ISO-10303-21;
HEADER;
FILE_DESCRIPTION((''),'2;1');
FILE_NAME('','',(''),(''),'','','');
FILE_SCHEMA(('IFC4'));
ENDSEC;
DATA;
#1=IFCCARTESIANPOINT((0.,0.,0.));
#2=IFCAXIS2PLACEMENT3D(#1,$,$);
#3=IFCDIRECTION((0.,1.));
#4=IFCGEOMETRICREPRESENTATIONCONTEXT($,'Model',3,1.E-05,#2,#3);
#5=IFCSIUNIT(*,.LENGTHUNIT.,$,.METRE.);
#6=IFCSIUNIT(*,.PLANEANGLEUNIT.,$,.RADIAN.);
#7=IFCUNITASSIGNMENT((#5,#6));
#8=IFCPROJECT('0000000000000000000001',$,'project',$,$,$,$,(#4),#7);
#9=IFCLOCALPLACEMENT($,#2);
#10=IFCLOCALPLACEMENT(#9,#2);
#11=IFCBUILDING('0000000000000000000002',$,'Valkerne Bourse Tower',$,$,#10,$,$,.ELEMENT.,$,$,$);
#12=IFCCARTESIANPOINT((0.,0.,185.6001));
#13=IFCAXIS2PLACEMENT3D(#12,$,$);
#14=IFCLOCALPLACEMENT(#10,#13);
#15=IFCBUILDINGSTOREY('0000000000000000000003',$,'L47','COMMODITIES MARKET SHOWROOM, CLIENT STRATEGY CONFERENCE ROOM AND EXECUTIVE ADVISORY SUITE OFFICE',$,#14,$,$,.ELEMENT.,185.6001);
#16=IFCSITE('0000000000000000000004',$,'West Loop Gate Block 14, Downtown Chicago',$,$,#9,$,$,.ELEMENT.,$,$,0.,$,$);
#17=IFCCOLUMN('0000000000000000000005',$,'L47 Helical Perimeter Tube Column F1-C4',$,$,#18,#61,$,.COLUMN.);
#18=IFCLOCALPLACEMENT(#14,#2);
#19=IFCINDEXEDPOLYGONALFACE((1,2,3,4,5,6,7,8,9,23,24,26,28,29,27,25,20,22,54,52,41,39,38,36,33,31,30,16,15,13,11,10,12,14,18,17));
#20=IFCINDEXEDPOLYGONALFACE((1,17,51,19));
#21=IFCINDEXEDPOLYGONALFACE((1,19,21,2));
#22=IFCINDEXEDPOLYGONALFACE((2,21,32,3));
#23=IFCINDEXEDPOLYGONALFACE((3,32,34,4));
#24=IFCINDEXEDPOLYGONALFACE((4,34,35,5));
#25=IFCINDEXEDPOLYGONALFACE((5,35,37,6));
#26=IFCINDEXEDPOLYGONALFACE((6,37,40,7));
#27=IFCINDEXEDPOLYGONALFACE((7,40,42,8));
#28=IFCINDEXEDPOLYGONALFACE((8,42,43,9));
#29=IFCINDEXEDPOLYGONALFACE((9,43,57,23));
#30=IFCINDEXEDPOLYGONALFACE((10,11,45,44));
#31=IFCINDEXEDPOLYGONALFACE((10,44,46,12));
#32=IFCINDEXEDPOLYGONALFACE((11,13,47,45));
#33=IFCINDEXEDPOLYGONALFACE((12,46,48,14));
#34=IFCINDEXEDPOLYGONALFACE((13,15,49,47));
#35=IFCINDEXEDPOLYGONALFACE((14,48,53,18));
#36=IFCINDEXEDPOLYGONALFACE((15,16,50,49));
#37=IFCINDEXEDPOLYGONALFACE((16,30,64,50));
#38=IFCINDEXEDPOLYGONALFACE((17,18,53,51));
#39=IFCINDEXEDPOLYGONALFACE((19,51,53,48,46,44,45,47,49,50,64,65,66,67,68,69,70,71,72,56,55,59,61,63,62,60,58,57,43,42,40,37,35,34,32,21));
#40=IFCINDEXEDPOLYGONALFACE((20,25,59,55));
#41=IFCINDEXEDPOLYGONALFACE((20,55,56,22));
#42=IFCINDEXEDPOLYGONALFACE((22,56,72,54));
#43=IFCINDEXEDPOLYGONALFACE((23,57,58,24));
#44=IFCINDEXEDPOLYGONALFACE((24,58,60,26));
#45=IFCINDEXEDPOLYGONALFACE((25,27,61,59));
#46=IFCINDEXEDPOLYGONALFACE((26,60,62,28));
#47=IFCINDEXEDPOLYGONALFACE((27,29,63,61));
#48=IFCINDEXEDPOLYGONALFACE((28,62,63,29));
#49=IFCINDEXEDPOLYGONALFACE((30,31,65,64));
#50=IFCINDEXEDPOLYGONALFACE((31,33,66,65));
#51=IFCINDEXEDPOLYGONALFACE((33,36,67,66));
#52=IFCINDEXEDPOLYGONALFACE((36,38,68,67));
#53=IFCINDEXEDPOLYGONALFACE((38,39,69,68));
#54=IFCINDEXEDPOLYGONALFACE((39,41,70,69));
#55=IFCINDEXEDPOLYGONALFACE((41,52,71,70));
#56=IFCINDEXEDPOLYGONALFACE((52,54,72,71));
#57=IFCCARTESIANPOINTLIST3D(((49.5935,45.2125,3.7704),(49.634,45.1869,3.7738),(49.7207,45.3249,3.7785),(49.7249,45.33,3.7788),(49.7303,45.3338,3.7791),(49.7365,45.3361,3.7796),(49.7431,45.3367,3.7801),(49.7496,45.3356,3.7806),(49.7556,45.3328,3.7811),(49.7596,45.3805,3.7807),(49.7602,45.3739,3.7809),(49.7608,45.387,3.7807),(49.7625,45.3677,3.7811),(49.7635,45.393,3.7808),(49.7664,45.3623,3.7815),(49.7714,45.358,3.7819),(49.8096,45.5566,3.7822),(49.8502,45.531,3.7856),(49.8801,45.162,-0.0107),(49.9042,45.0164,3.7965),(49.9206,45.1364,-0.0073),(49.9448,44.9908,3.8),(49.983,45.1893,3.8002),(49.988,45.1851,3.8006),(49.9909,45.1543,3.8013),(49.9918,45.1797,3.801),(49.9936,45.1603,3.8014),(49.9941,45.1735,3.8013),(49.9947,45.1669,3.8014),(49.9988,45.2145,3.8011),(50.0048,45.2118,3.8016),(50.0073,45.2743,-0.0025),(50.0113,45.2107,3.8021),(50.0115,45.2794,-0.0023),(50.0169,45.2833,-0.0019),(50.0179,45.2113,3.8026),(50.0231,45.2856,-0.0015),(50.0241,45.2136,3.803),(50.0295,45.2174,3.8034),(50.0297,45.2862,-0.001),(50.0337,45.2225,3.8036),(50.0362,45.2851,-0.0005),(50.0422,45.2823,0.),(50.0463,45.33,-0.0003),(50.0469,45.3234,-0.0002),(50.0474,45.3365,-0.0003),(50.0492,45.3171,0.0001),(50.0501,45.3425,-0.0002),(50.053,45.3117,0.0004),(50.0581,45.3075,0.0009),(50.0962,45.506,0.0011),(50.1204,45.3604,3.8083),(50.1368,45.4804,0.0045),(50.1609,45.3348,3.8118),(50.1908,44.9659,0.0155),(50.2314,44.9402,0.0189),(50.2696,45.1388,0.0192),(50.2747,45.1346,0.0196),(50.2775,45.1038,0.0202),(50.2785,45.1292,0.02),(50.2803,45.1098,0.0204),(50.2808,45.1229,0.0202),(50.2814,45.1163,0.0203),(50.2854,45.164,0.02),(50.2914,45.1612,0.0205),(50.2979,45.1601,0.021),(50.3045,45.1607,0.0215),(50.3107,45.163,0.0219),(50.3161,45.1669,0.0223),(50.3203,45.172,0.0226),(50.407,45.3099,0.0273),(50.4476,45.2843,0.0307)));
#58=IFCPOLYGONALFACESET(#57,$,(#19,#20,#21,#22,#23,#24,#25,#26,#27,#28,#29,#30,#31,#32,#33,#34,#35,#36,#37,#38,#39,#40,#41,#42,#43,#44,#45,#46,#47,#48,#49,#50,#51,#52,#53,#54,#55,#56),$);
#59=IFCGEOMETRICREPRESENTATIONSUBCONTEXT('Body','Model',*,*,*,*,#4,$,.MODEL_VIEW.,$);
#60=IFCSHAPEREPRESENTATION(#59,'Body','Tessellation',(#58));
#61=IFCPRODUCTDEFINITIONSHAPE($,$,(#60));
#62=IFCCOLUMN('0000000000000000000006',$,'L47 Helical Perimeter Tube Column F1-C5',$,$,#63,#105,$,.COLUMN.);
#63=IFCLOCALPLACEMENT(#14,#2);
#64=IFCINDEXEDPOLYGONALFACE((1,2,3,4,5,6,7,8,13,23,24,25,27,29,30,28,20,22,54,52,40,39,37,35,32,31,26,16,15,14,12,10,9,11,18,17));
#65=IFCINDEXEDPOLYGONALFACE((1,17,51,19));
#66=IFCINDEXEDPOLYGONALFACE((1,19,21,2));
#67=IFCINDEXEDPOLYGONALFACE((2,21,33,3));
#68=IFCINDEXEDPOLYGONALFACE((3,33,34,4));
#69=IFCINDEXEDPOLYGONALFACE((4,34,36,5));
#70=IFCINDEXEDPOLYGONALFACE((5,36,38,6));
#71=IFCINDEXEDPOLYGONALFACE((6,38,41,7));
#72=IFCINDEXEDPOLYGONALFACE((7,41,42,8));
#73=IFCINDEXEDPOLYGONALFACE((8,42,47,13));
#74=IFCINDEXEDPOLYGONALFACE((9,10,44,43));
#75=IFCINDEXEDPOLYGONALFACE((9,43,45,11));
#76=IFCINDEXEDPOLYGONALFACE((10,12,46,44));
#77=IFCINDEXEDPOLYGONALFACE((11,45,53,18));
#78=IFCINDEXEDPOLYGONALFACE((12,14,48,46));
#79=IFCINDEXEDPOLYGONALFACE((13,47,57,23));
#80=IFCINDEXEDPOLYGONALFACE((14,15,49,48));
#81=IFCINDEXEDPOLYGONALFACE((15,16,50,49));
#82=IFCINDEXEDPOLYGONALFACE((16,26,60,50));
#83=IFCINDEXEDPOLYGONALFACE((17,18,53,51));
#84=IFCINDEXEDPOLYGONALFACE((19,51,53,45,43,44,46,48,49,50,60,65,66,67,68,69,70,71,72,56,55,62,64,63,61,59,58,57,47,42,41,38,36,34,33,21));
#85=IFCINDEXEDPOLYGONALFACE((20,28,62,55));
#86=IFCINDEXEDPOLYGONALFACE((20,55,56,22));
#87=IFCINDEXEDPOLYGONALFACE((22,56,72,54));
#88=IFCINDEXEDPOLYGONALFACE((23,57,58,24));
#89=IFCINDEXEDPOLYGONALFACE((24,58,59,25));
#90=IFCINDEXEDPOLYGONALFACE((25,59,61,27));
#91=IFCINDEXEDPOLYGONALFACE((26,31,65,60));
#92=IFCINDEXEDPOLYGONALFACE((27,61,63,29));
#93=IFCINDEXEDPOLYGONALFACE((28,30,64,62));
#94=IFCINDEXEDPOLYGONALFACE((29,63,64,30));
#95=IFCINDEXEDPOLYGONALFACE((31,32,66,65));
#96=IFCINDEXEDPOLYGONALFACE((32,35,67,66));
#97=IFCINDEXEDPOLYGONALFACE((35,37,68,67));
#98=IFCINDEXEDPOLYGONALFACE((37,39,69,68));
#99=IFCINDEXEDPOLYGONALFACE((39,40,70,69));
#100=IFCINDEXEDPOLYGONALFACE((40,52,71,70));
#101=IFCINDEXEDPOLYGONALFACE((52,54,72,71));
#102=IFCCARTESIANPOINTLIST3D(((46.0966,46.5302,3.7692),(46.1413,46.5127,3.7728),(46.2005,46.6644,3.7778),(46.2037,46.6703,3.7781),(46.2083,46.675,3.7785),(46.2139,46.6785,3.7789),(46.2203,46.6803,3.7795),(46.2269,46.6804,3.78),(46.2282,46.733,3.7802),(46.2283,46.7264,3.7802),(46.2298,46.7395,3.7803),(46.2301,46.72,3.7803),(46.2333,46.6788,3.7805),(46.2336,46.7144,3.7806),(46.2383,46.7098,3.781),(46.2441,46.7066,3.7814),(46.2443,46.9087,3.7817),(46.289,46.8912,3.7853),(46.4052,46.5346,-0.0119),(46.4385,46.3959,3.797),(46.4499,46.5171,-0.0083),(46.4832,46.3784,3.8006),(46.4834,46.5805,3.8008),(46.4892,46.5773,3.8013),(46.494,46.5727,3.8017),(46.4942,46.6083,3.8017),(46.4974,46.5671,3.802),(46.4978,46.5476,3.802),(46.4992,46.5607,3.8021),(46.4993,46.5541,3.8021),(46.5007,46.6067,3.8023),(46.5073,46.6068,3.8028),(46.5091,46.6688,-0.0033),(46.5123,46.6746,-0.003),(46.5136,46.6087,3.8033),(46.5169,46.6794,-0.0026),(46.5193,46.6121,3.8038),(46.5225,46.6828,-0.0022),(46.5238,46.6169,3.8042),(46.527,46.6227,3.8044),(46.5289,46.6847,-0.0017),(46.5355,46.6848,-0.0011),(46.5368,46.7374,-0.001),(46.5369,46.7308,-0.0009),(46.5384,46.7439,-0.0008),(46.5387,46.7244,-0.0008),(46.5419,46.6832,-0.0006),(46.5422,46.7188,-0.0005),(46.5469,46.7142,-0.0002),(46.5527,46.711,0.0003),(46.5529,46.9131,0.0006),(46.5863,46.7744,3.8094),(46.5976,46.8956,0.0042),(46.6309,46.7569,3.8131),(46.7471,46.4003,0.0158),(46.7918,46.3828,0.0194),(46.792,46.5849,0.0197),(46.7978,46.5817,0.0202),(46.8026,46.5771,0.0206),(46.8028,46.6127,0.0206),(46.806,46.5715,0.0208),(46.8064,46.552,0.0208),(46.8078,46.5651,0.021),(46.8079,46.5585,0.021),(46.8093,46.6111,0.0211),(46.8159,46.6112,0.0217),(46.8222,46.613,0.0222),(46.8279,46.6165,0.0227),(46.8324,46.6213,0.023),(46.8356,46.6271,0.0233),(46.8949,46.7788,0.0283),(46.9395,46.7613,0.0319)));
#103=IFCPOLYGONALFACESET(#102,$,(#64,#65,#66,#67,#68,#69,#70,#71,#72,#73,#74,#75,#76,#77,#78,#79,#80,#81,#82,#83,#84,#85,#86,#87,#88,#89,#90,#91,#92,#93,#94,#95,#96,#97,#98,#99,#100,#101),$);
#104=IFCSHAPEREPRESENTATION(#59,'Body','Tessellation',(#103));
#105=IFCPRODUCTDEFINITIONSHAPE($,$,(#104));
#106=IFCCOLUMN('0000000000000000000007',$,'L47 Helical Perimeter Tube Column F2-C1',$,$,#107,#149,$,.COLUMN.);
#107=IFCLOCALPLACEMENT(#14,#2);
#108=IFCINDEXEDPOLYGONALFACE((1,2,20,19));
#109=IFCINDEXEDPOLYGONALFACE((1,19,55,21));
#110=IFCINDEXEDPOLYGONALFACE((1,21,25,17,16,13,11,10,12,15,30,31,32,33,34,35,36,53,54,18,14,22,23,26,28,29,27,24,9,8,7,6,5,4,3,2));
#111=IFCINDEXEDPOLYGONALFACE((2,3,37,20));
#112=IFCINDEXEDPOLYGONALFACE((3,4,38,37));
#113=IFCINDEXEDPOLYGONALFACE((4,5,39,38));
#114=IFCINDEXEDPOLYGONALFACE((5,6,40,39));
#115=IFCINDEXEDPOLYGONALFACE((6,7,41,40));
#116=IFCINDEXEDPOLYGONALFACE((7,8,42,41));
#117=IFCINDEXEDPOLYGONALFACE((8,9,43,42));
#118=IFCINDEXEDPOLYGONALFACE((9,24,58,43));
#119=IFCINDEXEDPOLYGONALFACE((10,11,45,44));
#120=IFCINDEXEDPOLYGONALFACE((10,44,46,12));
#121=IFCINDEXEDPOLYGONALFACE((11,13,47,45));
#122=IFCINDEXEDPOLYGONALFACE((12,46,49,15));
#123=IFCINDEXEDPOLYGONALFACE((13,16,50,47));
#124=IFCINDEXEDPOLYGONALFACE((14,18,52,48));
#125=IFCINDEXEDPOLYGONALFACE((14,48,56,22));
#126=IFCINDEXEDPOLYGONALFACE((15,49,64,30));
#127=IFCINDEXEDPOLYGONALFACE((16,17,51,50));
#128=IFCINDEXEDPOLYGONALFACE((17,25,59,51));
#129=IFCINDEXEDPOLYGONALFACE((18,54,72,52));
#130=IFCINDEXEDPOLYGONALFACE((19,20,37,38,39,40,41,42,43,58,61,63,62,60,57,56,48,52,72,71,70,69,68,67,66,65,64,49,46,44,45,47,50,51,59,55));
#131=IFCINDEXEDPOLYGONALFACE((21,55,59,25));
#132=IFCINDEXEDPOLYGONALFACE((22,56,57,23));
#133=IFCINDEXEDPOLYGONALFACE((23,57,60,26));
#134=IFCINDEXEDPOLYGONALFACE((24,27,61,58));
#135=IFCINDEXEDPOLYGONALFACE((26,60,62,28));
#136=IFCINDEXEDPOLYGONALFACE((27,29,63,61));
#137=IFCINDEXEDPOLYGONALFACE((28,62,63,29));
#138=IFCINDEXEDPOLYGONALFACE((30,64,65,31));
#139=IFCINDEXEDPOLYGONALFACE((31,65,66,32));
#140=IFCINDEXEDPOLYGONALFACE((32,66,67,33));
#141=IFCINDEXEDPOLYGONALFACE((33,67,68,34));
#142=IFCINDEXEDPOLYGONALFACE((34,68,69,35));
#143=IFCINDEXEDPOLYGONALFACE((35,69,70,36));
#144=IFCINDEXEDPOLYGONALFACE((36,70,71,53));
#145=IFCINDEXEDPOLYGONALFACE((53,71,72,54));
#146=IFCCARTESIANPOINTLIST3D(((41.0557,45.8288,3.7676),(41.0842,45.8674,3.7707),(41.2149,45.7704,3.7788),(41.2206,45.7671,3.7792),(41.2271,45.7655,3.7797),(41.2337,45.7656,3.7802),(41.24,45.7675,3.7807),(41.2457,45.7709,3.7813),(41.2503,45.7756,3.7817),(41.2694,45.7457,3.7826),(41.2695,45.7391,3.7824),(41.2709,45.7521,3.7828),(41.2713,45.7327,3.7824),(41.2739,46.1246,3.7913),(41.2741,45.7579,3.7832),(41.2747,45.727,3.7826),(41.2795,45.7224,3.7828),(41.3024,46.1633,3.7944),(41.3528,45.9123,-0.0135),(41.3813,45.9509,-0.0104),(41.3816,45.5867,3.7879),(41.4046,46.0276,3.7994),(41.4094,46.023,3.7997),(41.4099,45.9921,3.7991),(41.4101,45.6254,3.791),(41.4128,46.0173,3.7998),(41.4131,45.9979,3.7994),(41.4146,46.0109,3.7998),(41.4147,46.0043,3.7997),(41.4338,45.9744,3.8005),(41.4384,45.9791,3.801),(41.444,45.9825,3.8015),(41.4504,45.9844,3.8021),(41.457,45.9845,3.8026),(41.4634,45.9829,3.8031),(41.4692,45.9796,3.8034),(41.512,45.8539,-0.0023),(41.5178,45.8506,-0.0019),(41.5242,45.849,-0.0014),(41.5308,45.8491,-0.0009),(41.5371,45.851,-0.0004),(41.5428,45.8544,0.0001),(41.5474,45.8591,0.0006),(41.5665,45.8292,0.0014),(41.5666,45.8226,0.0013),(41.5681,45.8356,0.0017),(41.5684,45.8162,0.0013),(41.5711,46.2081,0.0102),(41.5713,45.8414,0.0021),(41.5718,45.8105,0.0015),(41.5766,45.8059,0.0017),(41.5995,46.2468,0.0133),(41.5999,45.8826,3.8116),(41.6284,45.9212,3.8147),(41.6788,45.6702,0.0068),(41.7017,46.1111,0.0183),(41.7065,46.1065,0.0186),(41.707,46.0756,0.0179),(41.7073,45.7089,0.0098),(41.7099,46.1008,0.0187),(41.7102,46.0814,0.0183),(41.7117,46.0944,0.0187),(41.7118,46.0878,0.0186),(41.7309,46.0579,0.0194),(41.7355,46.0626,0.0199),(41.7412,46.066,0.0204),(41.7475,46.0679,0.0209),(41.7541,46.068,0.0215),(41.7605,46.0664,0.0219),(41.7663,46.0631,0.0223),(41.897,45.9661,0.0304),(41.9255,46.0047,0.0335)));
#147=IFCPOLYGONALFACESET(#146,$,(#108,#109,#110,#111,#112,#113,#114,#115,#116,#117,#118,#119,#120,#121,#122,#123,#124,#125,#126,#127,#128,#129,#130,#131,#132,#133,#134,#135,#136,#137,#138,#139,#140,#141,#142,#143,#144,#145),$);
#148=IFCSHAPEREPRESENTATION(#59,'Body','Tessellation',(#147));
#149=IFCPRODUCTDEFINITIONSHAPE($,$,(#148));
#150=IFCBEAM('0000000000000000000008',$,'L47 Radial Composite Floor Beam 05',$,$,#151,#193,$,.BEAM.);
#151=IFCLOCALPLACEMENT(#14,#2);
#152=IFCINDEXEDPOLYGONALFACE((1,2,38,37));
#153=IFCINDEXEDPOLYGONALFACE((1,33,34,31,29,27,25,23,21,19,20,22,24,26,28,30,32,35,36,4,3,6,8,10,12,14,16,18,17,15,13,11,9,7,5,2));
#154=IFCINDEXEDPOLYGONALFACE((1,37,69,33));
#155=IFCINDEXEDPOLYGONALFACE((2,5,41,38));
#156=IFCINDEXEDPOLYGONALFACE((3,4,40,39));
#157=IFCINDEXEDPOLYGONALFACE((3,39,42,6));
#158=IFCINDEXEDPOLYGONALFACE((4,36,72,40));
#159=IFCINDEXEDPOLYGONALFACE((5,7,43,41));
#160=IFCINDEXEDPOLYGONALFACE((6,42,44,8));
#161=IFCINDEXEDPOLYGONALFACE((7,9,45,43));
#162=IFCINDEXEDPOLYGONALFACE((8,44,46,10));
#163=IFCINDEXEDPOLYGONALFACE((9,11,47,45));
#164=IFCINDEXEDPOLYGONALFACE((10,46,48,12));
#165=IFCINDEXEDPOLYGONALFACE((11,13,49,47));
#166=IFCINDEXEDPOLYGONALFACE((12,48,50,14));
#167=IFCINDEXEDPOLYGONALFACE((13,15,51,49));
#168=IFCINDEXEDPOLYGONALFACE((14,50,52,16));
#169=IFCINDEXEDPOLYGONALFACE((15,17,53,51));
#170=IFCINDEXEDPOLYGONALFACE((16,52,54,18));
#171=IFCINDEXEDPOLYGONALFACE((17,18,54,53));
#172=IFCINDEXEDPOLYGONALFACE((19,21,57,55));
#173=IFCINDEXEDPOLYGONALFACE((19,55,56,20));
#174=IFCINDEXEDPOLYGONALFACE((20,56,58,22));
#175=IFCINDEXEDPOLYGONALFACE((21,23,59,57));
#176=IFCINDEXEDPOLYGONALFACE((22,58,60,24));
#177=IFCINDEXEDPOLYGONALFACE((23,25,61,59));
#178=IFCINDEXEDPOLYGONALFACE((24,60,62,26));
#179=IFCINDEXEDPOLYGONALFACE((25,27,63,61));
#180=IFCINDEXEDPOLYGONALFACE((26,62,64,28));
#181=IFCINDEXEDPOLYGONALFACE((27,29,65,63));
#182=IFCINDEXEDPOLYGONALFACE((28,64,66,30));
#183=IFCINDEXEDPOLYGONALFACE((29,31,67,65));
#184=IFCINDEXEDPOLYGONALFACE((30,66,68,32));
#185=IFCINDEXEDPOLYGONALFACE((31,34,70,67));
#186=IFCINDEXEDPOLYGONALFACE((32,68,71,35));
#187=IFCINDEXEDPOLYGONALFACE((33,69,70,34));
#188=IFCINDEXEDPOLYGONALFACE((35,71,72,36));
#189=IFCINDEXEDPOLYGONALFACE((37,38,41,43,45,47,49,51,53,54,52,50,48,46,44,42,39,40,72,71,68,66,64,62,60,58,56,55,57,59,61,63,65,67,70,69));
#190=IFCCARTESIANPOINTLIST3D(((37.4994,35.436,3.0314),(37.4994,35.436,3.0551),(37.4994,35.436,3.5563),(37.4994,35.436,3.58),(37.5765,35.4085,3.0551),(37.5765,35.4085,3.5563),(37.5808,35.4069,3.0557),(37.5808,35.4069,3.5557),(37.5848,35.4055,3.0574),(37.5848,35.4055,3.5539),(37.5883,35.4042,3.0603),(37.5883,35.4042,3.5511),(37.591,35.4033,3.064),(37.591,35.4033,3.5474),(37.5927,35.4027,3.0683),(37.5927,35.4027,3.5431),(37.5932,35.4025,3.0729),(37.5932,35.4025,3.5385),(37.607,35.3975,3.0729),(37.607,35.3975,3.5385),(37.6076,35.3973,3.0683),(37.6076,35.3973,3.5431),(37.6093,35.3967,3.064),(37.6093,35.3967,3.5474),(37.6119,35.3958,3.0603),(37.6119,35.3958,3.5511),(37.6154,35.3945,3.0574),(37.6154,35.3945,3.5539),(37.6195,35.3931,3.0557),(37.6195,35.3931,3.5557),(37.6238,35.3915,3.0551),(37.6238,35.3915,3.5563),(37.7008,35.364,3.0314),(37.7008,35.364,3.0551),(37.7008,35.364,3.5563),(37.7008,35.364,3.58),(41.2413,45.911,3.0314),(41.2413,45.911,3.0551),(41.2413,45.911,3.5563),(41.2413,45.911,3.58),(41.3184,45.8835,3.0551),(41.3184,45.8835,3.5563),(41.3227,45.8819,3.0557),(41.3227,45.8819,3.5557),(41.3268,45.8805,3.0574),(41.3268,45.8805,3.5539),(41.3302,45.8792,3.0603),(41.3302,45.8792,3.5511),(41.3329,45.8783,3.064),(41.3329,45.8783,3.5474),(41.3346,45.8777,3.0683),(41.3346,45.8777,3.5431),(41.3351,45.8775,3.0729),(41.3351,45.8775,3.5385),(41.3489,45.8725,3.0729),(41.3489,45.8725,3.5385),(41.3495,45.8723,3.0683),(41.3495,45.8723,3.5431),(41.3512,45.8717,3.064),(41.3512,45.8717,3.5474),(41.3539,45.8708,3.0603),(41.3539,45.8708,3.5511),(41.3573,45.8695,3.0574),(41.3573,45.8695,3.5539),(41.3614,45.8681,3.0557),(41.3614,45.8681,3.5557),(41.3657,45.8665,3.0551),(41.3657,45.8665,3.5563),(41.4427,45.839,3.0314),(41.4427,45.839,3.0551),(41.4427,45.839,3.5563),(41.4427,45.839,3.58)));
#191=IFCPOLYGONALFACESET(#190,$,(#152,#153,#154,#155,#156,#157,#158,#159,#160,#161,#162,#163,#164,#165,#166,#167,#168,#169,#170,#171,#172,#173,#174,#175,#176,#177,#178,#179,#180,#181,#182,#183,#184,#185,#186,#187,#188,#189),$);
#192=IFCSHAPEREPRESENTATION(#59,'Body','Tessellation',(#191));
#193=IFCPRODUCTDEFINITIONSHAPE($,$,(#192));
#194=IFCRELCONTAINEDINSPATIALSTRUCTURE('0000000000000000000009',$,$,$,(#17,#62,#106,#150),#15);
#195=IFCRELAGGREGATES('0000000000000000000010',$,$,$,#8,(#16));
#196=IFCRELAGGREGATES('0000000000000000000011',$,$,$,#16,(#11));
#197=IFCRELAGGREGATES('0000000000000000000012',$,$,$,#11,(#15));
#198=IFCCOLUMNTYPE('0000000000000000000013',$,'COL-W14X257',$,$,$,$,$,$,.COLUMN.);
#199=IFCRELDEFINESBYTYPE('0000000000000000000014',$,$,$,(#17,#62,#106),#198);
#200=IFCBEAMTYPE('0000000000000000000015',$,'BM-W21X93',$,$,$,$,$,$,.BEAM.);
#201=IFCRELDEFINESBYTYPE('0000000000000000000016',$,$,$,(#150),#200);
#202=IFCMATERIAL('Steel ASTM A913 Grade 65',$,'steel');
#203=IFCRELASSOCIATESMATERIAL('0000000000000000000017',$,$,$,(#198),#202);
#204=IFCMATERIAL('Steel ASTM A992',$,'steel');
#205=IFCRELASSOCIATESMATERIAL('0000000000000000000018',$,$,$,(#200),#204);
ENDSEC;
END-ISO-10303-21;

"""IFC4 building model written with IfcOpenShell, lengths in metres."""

from ifc_helpers import new_model, si_unit, direction, frame, origin, origin_2d, place, context, subcontext, project, spatial, i_section, extrude, material, material_profile, profile_set, type_object, element, save


model = new_model("IFC4")

# Units and contexts
model_context = context("Model", 3, precision=1e-05, world=origin(), true_north=direction((0.0, 1.0)))
body_context = subcontext(model_context, "Body", "Model", "MODEL_VIEW")
ifc_project = project(units=[si_unit("LENGTHUNIT", "METRE"), si_unit("PLANEANGLEUNIT", "RADIAN")], contexts=[model_context])

# Site, building, storey
site_placement = place(None, origin())
site = spatial("IfcSite", under=ifc_project, at=site_placement, Name="West Loop Gate Block 14, Downtown Chicago", CompositionType="ELEMENT", RefElevation=0.0)
building_placement = place(site_placement, origin())
building = spatial("IfcBuilding", under=site, at=building_placement, Name="Valkerne Bourse Tower", CompositionType="ELEMENT")
storey_placement = place(building_placement, frame((0.0, 0.0, 185.6001)))
storey = spatial("IfcBuildingStorey", under=building, at=storey_placement, Name="L47", Description="COMMODITIES MARKET SHOWROOM, CLIENT STRATEGY CONFERENCE ROOM AND EXECUTIVE ADVISORY SUITE OFFICE", CompositionType="ELEMENT", Elevation=185.6001)

# Columns
ifc_material_1 = material(Name="Steel ASTM A913 Grade 65", Category="steel")
ifc_material_profile_1 = material_profile(ifc_material_1, i_section(OverallWidth=0.4065, OverallDepth=0.4165, WebThickness=0.0298, FlangeThickness=0.0481, FilletRadius=0.0254, at=origin_2d()), Name="W14X257")
ifc_profile_set_1 = profile_set([ifc_material_profile_1], Name="Steel ASTM A913 Grade 65")
column_type = type_object("IfcColumnType", Name="COL-W14X257", PredefinedType="COLUMN", material=ifc_profile_set_1)
column_placement = place(storey_placement, frame((50.1638, 45.2231, 0.01), z_axis=(-0.075582, 0.013327, 0.997051), x_axis=(0.531773, 0.84639, 0.028998)))
element("IfcColumn", 1, at=column_placement, inside=storey, type_object=column_type, Name="L47 Helical Perimeter Tube Column F1-C4", PredefinedType="COLUMN", context=body_context, shape_type="SweptSolid", body=[
    extrude(i_section(OverallWidth=0.4065, OverallDepth=0.4165, WebThickness=0.0298, FlangeThickness=0.0481, FilletRadius=0.0254, at=origin_2d()), origin(), (0.0, 0.0, 1.0), 3.7922),
])
for number, where, z_axis, x_axis, name in (
    (2, (46.6724, 46.6479, 0.01), (-0.081346, -0.001158, 0.996685), (0.363367, 0.931139, 0.030739), "L47 Helical Perimeter Tube Column F1-C5"),
    (3, (41.6392, 45.9585, 0.01), (-0.078322, -0.02201, 0.996685), (-0.801863, 0.595423, -0.049863), "L47 Helical Perimeter Tube Column F2-C1"),
):
    element("IfcColumn", number, at=place(storey_placement, frame(where, z_axis=z_axis, x_axis=x_axis)), inside=storey, type_object=column_type, Name=name, PredefinedType="COLUMN", context=body_context, shape_type="SweptSolid", body=[
        extrude(i_section(OverallWidth=0.4065, OverallDepth=0.4165, WebThickness=0.0298, FlangeThickness=0.0481, FilletRadius=0.0254, at=origin_2d()), origin(), (0.0, 0.0, 1.0), 3.7937),
    ])

# Beam
ifc_material_2 = material(Name="Steel ASTM A992", Category="steel")
ifc_material_profile_2 = material_profile(ifc_material_2, i_section(OverallWidth=0.2139, OverallDepth=0.5486, WebThickness=0.0146, FlangeThickness=0.0237, FilletRadius=0.0178, at=origin_2d()), Name="W21X93")
ifc_profile_set_2 = profile_set([ifc_material_profile_2], Name="Steel ASTM A992")
beam_type_1 = type_object("IfcBeamType", Name="BM-W21X93", PredefinedType="BEAM", material=ifc_profile_set_2)
beam_1_placement = place(storey_placement, frame((41.342, 45.875, 3.3057), z_axis=(-0.336403, -0.941718, 0.0), x_axis=(0.941718, -0.336403, 0.0)))
element("IfcBeam", 4, at=beam_1_placement, inside=storey, type_object=beam_type_1, Name="L47 Radial Composite Floor Beam 05", PredefinedType="BEAM", context=body_context, shape_type="SweptSolid", body=[
    extrude(i_section(OverallWidth=0.2139, OverallDepth=0.5486, WebThickness=0.0146, FlangeThickness=0.0237, FilletRadius=0.0178, at=origin_2d()), origin(), (0.0, 0.0, 1.0), 11.1233),
])

save(model, "model.ifc")
